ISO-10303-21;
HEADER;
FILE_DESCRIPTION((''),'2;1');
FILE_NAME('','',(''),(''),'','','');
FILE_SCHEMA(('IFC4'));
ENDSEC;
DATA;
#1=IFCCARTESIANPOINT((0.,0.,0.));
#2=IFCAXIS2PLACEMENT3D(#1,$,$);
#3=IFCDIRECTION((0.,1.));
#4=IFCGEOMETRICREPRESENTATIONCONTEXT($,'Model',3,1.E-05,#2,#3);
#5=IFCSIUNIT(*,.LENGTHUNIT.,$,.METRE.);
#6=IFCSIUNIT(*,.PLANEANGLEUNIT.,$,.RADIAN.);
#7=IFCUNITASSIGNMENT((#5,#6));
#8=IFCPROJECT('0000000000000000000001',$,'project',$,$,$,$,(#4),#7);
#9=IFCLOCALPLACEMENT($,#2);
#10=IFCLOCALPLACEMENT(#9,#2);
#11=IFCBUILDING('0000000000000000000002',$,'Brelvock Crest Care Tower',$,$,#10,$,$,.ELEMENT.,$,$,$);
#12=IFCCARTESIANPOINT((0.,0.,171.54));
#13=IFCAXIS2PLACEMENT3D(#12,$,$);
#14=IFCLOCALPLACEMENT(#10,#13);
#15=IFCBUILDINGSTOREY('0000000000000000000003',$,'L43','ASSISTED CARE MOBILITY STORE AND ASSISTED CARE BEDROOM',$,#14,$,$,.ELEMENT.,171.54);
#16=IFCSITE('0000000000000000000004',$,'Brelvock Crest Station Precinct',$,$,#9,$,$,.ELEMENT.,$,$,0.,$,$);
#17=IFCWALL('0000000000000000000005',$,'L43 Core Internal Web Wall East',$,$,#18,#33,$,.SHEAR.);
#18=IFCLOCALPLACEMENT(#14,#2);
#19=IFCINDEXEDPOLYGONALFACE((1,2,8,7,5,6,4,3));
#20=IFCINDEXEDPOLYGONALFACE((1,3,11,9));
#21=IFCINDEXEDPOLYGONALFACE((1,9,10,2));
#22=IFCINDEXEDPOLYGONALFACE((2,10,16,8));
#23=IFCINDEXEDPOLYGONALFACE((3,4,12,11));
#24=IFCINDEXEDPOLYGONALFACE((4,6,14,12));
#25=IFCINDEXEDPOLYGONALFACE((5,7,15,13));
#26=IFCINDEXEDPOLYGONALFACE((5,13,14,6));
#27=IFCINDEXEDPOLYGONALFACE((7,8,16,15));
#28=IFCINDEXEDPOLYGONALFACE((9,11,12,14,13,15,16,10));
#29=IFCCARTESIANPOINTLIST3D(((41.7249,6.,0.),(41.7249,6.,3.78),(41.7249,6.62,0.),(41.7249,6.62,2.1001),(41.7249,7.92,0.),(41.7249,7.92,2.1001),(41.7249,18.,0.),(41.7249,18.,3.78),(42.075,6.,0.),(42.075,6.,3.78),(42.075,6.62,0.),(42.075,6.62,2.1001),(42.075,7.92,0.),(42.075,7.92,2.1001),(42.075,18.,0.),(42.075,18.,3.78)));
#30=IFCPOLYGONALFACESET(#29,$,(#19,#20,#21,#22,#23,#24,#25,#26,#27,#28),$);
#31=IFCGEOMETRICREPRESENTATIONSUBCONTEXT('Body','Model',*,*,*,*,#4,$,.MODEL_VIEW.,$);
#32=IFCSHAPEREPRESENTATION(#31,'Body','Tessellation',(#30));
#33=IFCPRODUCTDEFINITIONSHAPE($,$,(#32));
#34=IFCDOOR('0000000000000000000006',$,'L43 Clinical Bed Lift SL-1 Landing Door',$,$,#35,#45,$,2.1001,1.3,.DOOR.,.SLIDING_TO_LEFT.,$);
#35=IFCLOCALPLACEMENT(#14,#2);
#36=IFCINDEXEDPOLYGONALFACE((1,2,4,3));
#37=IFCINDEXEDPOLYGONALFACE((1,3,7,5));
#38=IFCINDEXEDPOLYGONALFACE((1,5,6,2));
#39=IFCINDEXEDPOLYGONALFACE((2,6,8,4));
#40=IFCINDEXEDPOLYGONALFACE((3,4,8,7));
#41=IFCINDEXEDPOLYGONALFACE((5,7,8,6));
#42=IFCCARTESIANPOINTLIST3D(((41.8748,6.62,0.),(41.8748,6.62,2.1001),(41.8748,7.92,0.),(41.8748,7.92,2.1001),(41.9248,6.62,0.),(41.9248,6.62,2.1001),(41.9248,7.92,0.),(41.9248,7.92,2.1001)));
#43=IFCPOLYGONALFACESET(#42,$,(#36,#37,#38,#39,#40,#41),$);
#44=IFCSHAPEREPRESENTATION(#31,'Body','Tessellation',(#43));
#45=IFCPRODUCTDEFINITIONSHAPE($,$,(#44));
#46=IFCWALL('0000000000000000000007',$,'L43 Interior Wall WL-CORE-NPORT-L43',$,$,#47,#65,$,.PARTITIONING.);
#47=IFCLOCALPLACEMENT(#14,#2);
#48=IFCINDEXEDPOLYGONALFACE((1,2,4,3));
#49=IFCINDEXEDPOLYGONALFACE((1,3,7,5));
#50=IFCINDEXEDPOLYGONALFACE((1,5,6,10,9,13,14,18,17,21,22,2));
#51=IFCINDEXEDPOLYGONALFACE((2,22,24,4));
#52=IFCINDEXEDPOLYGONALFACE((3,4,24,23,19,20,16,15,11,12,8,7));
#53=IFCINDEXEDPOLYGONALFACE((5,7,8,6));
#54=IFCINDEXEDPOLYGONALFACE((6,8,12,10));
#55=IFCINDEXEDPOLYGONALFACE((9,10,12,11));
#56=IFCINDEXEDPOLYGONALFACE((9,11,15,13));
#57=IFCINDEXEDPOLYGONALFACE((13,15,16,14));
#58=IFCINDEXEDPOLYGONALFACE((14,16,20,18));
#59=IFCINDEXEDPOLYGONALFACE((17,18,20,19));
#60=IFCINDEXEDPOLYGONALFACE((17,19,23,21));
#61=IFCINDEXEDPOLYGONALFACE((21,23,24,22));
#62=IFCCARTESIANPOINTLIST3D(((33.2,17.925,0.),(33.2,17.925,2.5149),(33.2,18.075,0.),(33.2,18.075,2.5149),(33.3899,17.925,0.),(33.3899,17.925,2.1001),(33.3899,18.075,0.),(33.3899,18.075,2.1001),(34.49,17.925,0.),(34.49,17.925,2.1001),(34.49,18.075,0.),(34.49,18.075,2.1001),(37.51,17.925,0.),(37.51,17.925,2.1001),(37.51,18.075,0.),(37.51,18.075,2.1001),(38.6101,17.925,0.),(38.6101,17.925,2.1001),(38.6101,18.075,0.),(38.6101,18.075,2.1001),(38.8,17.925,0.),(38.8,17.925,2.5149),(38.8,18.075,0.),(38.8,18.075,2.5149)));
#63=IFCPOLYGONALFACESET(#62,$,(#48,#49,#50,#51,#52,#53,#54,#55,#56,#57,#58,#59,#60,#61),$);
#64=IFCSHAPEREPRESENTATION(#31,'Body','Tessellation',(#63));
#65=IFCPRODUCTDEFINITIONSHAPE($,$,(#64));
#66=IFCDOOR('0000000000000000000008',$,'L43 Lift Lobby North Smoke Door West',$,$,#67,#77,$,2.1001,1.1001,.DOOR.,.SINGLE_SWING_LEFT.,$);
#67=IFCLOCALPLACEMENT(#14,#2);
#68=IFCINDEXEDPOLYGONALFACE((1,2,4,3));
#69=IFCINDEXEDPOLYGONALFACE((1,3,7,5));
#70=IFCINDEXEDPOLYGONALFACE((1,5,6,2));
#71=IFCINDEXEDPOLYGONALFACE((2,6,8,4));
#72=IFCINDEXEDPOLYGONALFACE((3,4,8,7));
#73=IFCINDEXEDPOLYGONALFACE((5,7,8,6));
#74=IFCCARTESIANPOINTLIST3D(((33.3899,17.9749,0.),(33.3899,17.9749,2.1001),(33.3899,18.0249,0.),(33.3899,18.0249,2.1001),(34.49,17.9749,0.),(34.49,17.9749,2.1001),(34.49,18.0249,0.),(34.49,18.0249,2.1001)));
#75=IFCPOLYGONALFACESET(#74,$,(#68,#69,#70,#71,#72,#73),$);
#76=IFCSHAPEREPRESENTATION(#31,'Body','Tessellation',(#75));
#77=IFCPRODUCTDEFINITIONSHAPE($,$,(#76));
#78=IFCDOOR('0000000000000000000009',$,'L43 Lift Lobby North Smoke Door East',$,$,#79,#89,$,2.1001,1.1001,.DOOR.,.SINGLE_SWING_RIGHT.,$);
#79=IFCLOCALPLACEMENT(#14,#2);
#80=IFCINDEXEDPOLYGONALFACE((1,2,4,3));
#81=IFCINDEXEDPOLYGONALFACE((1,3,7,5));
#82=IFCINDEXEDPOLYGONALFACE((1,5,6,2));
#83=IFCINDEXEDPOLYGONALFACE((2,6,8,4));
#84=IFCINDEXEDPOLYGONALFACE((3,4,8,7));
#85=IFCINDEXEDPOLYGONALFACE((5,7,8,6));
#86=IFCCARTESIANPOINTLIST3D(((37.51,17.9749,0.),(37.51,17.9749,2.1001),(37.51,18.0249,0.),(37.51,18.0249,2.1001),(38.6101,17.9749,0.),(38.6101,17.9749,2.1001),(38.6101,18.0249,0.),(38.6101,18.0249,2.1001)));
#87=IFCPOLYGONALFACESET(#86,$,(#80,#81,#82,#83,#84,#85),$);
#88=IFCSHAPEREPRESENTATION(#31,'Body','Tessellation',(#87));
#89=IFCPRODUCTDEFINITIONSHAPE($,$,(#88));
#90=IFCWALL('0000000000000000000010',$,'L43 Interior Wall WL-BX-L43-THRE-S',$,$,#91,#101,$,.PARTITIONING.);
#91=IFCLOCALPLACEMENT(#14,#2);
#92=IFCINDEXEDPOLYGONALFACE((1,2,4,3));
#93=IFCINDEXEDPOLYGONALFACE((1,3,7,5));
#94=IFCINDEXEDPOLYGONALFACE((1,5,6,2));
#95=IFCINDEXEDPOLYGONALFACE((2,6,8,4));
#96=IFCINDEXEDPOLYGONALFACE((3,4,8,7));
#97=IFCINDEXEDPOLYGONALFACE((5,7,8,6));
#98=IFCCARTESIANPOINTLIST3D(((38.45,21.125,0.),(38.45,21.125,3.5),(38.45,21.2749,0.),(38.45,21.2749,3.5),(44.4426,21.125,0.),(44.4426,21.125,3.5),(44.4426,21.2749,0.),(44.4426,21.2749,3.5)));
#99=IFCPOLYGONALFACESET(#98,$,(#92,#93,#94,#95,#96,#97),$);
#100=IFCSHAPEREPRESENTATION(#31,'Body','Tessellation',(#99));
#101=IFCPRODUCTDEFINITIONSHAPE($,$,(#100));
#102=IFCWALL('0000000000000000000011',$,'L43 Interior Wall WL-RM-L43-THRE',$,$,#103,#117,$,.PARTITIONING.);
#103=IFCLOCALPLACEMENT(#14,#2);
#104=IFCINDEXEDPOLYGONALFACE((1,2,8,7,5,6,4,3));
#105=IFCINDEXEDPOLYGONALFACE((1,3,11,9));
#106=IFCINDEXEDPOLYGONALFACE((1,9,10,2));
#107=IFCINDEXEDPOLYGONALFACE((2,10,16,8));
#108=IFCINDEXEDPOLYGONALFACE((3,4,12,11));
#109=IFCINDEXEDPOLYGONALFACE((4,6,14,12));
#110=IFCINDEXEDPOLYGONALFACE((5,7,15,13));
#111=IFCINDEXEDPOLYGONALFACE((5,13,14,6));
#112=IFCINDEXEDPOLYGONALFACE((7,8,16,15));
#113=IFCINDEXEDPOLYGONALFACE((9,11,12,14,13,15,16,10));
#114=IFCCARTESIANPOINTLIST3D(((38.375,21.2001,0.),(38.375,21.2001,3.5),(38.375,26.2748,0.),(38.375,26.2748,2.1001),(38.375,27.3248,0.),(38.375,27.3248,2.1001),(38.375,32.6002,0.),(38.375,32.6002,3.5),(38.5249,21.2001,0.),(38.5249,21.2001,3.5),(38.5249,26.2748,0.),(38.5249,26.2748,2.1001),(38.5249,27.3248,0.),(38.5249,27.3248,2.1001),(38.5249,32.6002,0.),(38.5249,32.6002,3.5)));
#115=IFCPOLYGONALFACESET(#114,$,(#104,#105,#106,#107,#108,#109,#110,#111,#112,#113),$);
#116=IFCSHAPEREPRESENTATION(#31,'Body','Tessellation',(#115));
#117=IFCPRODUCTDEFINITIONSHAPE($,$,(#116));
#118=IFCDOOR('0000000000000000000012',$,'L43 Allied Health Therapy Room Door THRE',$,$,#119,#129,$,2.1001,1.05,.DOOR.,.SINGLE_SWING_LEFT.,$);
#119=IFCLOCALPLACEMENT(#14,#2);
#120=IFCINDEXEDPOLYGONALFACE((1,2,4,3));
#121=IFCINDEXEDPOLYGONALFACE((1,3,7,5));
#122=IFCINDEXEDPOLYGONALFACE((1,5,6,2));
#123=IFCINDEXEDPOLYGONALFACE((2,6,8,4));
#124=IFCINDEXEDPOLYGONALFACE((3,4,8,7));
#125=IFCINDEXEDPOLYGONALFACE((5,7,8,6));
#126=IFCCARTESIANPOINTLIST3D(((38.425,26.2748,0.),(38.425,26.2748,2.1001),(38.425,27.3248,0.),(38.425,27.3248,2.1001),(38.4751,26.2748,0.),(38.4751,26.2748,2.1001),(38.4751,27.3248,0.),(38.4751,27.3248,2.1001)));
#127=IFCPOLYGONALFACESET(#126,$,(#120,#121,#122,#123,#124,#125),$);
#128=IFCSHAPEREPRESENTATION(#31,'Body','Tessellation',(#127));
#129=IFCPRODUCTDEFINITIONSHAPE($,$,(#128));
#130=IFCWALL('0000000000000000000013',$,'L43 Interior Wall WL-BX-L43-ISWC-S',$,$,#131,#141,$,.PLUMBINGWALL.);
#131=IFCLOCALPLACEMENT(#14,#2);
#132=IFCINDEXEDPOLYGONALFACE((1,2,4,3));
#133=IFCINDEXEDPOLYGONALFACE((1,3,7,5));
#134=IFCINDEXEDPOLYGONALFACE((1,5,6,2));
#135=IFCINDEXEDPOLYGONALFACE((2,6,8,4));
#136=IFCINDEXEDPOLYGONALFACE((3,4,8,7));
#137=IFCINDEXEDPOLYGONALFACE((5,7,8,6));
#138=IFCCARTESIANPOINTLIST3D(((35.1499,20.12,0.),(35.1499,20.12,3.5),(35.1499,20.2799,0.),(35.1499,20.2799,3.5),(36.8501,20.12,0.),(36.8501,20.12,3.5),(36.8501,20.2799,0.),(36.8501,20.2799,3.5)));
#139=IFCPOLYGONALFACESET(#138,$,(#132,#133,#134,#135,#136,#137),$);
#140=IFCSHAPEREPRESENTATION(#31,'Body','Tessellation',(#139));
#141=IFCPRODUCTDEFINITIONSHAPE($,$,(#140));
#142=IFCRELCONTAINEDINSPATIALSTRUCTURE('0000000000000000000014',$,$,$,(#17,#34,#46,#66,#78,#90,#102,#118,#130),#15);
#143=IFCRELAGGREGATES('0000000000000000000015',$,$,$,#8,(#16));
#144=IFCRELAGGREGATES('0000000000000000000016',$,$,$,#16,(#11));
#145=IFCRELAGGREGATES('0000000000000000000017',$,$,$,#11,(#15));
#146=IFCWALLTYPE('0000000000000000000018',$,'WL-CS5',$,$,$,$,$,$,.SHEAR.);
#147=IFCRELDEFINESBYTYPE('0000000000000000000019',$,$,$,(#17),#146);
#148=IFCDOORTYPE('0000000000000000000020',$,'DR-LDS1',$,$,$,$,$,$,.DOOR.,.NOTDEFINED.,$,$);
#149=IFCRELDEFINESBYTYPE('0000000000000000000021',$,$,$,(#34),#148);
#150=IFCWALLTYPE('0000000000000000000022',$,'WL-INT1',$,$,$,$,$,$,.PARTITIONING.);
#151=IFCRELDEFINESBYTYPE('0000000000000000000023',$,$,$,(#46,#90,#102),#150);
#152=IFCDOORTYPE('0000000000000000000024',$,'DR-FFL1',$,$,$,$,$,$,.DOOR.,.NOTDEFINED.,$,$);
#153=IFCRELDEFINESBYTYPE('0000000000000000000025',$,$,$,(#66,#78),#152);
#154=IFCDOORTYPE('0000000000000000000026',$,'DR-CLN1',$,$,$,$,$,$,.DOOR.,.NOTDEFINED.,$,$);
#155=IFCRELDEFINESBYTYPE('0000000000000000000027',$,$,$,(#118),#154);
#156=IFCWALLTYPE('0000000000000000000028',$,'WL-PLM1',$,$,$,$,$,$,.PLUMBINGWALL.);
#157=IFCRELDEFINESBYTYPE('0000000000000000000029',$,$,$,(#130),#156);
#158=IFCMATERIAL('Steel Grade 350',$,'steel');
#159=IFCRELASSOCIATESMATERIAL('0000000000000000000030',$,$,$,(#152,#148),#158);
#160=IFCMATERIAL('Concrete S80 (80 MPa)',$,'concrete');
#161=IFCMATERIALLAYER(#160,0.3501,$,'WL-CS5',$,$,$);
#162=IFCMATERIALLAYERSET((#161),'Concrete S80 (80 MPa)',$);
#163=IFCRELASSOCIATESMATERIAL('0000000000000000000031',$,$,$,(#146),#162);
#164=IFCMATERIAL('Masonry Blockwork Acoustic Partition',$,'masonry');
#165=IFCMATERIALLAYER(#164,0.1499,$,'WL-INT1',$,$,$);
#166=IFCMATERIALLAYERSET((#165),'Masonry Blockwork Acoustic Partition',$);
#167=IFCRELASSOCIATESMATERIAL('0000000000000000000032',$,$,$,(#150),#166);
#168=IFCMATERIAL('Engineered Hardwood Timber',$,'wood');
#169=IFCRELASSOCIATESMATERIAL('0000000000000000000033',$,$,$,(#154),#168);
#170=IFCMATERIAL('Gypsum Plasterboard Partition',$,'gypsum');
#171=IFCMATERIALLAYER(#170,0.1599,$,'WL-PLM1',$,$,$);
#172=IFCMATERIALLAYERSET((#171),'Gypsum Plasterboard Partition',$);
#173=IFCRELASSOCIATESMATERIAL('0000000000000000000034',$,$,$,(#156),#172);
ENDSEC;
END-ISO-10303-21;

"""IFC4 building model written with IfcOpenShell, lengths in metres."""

from ifc_helpers import new_model, si_unit, direction, frame, frame_2d, origin, origin_2d, place, context, subcontext, project, spatial, rectangle, extrude, source, transform, mapped, material, layer, layer_set, type_object, element, fill, save


model = new_model("IFC4")

# Units and contexts
model_context = context("Model", 3, precision=1e-05, world=origin(), true_north=direction((0.0, 1.0)))
body_context = subcontext(model_context, "Body", "Model", "MODEL_VIEW")
ifc_project = project(units=[si_unit("LENGTHUNIT", "METRE"), si_unit("PLANEANGLEUNIT", "RADIAN")], contexts=[model_context])

# Site, building, storey
site_placement = place(None, origin())
site = spatial("IfcSite", under=ifc_project, at=site_placement, Name="Brelvock Crest Station Precinct", CompositionType="ELEMENT", RefElevation=0.0)
building_placement = place(site_placement, origin())
building = spatial("IfcBuilding", under=site, at=building_placement, Name="Brelvock Crest Care Tower", CompositionType="ELEMENT")
storey_placement = place(building_placement, frame((0.0, 0.0, 171.54)))
storey = spatial("IfcBuildingStorey", under=building, at=storey_placement, Name="L43", Description="ASSISTED CARE MOBILITY STORE AND ASSISTED CARE BEDROOM", CompositionType="ELEMENT", Elevation=171.54)

# Shared definitions
ifc_material_1 = material(Name="Steel Grade 350", Category="steel")

# Wall, opening, door
door_type_1 = type_object("IfcDoorType", Name="DR-FFL1", OperationType="NOTDEFINED", PredefinedType="DOOR", material=ifc_material_1)
shared_shape_1 = source(origin(), body_context, "Body", "SweptSolid", [
    extrude(rectangle(XDim=1.1001, YDim=2.1001, at=origin_2d()), frame((0.55, 0.0249, 1.05), z_axis=(0.0, -1.0, 0.0), x_axis=(1.0, 0.0, 0.0)), (0.0, 0.0, 1.0), 0.05),
])
ifc_material_2 = material(Name="Concrete S80 (80 MPa)", Category="concrete")
ifc_layer_1 = layer(ifc_material_2, 0.3501, Name="WL-CS5")
ifc_layer_set_1 = layer_set([ifc_layer_1], Name="Concrete S80 (80 MPa)")
wall_type_1 = type_object("IfcWallType", Name="WL-CS5", PredefinedType="SHEAR", material=ifc_layer_set_1)
wall_1_placement = place(storey_placement, frame((41.8999, 18.0, 0.0), z_axis=(0.0, 0.0, 1.0), x_axis=(0.0, -1.0, 0.0)))
wall_1 = element("IfcWall", 1, at=wall_1_placement, inside=storey, type_object=wall_type_1, Name="L43 Core Internal Web Wall East", PredefinedType="SHEAR", context=body_context, shape_type="SweptSolid", body=[
    extrude(rectangle(XDim=12.0, YDim=0.3501, at=frame_2d((6.0, 0.0))), origin(), (0.0, 0.0, 1.0), 3.78),
])
opening_1_placement = place(wall_1_placement, frame((10.0801, 0.0, 0.0)))
opening_1 = element("IfcOpeningElement", 2, at=opening_1_placement, cuts=wall_1, PredefinedType="OPENING", context=body_context, shape_type="SweptSolid", body=[
    extrude(rectangle(XDim=1.3, YDim=2.1001, at=origin_2d()), frame((0.6499, 0.1851, 1.05), z_axis=(0.0, -1.0, 0.0), x_axis=(1.0, 0.0, 0.0)), (0.0, 0.0, 1.0), 0.3701),
])
door_type_2 = type_object("IfcDoorType", Name="DR-LDS1", OperationType="NOTDEFINED", PredefinedType="DOOR", material=ifc_material_1)
shared_shape_2 = source(origin(), body_context, "Body", "SweptSolid", [
    extrude(rectangle(XDim=1.3, YDim=2.1001, at=origin_2d()), frame((0.6499, 0.0249, 1.05), z_axis=(0.0, -1.0, 0.0), x_axis=(1.0, 0.0, 0.0)), (0.0, 0.0, 1.0), 0.05),
])
door_1_placement = place(opening_1_placement, origin())
door_1 = element("IfcDoor", 3, at=door_1_placement, inside=storey, type_object=door_type_2, Name="L43 Clinical Bed Lift SL-1 Landing Door", OperationType="SLIDING_TO_LEFT", OverallHeight=2.1001, OverallWidth=1.3, PredefinedType="DOOR", context=body_context, shape_type="MappedRepresentation", body=[
    mapped(shared_shape_2, transform((0.0, 0.0, 0.0), x_axis=(1.0, 0.0, 0.0), y_axis=(0.0, 1.0, 0.0), z_axis=(0.0, 0.0, 1.0), scale=1.0)),
])
fill(opening_1, door_1)

# Wall, openings, doors
ifc_material_3 = material(Name="Masonry Blockwork Acoustic Partition", Category="masonry")
ifc_layer_2 = layer(ifc_material_3, 0.1499, Name="WL-INT1")
ifc_layer_set_2 = layer_set([ifc_layer_2], Name="Masonry Blockwork Acoustic Partition")
wall_type_2 = type_object("IfcWallType", Name="WL-INT1", PredefinedType="PARTITIONING", material=ifc_layer_set_2)
wall_2_placement = place(storey_placement, frame((33.2, 18.0, 0.0), z_axis=(0.0, 0.0, 1.0), x_axis=(1.0, 0.0, 0.0)))
wall_2 = element("IfcWall", 4, at=wall_2_placement, inside=storey, type_object=wall_type_2, Name="L43 Interior Wall WL-CORE-NPORT-L43", PredefinedType="PARTITIONING", context=body_context, shape_type="SweptSolid", body=[
    extrude(rectangle(XDim=5.6001, YDim=0.1499, at=frame_2d((2.8, 0.0))), origin(), (0.0, 0.0, 1.0), 2.5149),
])
opening_2_placement = place(wall_2_placement, frame((0.1899, 0.0, 0.0)))
opening_2 = element("IfcOpeningElement", 5, at=opening_2_placement, cuts=wall_2, PredefinedType="OPENING", context=body_context, shape_type="SweptSolid", body=[
    extrude(rectangle(XDim=1.1001, YDim=2.1001, at=origin_2d()), frame((0.55, 0.085, 1.05), z_axis=(0.0, -1.0, 0.0), x_axis=(1.0, 0.0, 0.0)), (0.0, 0.0, 1.0), 0.1699),
])
opening_3_placement = place(wall_2_placement, frame((4.3101, 0.0, 0.0)))
opening_3 = element("IfcOpeningElement", 6, at=opening_3_placement, cuts=wall_2, PredefinedType="OPENING", context=body_context, shape_type="SweptSolid", body=[
    extrude(rectangle(XDim=1.1001, YDim=2.1001, at=origin_2d()), frame((0.55, 0.085, 1.05), z_axis=(0.0, -1.0, 0.0), x_axis=(1.0, 0.0, 0.0)), (0.0, 0.0, 1.0), 0.1699),
])
door_2_placement = place(opening_2_placement, origin())
door_2 = element("IfcDoor", 7, at=door_2_placement, inside=storey, type_object=door_type_1, Name="L43 Lift Lobby North Smoke Door West", OperationType="SINGLE_SWING_LEFT", OverallHeight=2.1001, OverallWidth=1.1001, PredefinedType="DOOR", context=body_context, shape_type="MappedRepresentation", body=[
    mapped(shared_shape_1, transform((0.0, 0.0, 0.0), x_axis=(1.0, 0.0, 0.0), y_axis=(0.0, 1.0, 0.0), z_axis=(0.0, 0.0, 1.0), scale=1.0)),
])
fill(opening_2, door_2)
door_3_placement = place(opening_3_placement, origin())
door_3 = element("IfcDoor", 8, at=door_3_placement, inside=storey, type_object=door_type_1, Name="L43 Lift Lobby North Smoke Door East", OperationType="SINGLE_SWING_RIGHT", OverallHeight=2.1001, OverallWidth=1.1001, PredefinedType="DOOR", context=body_context, shape_type="MappedRepresentation", body=[
    mapped(shared_shape_1, transform((0.0, 0.0, 0.0), x_axis=(1.0, 0.0, 0.0), y_axis=(0.0, 1.0, 0.0), z_axis=(0.0, 0.0, 1.0), scale=1.0)),
])
fill(opening_3, door_3)

# Wall
wall_3_placement = place(storey_placement, frame((38.45, 21.2, 0.0), z_axis=(0.0, 0.0, 1.0), x_axis=(1.0, 0.0, 0.0)))
element("IfcWall", 9, at=wall_3_placement, inside=storey, type_object=wall_type_2, Name="L43 Interior Wall WL-BX-L43-THRE-S", PredefinedType="PARTITIONING", context=body_context, shape_type="SweptSolid", body=[
    extrude(rectangle(XDim=5.9927, YDim=0.1499, at=frame_2d((2.9963, 0.0))), origin(), (0.0, 0.0, 1.0), 3.5),
])

# Wall, opening, door
wall_4_placement = place(storey_placement, frame((38.45, 21.2, 0.0), z_axis=(0.0, 0.0, 1.0), x_axis=(0.0, 1.0, 0.0)))
wall_4 = element("IfcWall", 10, at=wall_4_placement, inside=storey, type_object=wall_type_2, Name="L43 Interior Wall WL-RM-L43-THRE", PredefinedType="PARTITIONING", context=body_context, shape_type="SweptSolid", body=[
    extrude(rectangle(XDim=11.4001, YDim=0.1499, at=frame_2d((5.7002, 0.0))), origin(), (0.0, 0.0, 1.0), 3.5),
])
opening_4_placement = place(wall_4_placement, frame((5.075, 0.0, 0.0)))
opening_4 = element("IfcOpeningElement", 11, at=opening_4_placement, cuts=wall_4, PredefinedType="OPENING", context=body_context, shape_type="SweptSolid", body=[
    extrude(rectangle(XDim=1.05, YDim=2.1001, at=origin_2d()), frame((0.5249, 0.085, 1.05), z_axis=(0.0, -1.0, 0.0), x_axis=(1.0, 0.0, 0.0)), (0.0, 0.0, 1.0), 0.1699),
])
ifc_material_4 = material(Name="Engineered Hardwood Timber", Category="wood")
door_type_3 = type_object("IfcDoorType", Name="DR-CLN1", OperationType="NOTDEFINED", PredefinedType="DOOR", material=ifc_material_4)
shared_shape_3 = source(origin(), body_context, "Body", "SweptSolid", [
    extrude(rectangle(XDim=1.05, YDim=2.1001, at=origin_2d()), frame((0.5249, 0.0249, 1.05), z_axis=(0.0, -1.0, 0.0), x_axis=(1.0, 0.0, 0.0)), (0.0, 0.0, 1.0), 0.05),
])
door_4_placement = place(opening_4_placement, origin())
door_4 = element("IfcDoor", 12, at=door_4_placement, inside=storey, type_object=door_type_3, Name="L43 Allied Health Therapy Room Door THRE", OperationType="SINGLE_SWING_LEFT", OverallHeight=2.1001, OverallWidth=1.05, PredefinedType="DOOR", context=body_context, shape_type="MappedRepresentation", body=[
    mapped(shared_shape_3, transform((0.0, 0.0, 0.0), x_axis=(1.0, 0.0, 0.0), y_axis=(0.0, 1.0, 0.0), z_axis=(0.0, 0.0, 1.0), scale=1.0)),
])
fill(opening_4, door_4)

# Wall
ifc_material_5 = material(Name="Gypsum Plasterboard Partition", Category="gypsum")
ifc_layer_3 = layer(ifc_material_5, 0.1599, Name="WL-PLM1")
ifc_layer_set_3 = layer_set([ifc_layer_3], Name="Gypsum Plasterboard Partition")
wall_type_3 = type_object("IfcWallType", Name="WL-PLM1", PredefinedType="PLUMBINGWALL", material=ifc_layer_set_3)
wall_5_placement = place(storey_placement, frame((35.1499, 20.2, 0.0), z_axis=(0.0, 0.0, 1.0), x_axis=(1.0, 0.0, 0.0)))
element("IfcWall", 13, at=wall_5_placement, inside=storey, type_object=wall_type_3, Name="L43 Interior Wall WL-BX-L43-ISWC-S", PredefinedType="PLUMBINGWALL", context=body_context, shape_type="SweptSolid", body=[
    extrude(rectangle(XDim=1.7002, YDim=0.1599, at=frame_2d((0.8501, 0.0))), origin(), (0.0, 0.0, 1.0), 3.5),
])

save(model, "model.ifc")
